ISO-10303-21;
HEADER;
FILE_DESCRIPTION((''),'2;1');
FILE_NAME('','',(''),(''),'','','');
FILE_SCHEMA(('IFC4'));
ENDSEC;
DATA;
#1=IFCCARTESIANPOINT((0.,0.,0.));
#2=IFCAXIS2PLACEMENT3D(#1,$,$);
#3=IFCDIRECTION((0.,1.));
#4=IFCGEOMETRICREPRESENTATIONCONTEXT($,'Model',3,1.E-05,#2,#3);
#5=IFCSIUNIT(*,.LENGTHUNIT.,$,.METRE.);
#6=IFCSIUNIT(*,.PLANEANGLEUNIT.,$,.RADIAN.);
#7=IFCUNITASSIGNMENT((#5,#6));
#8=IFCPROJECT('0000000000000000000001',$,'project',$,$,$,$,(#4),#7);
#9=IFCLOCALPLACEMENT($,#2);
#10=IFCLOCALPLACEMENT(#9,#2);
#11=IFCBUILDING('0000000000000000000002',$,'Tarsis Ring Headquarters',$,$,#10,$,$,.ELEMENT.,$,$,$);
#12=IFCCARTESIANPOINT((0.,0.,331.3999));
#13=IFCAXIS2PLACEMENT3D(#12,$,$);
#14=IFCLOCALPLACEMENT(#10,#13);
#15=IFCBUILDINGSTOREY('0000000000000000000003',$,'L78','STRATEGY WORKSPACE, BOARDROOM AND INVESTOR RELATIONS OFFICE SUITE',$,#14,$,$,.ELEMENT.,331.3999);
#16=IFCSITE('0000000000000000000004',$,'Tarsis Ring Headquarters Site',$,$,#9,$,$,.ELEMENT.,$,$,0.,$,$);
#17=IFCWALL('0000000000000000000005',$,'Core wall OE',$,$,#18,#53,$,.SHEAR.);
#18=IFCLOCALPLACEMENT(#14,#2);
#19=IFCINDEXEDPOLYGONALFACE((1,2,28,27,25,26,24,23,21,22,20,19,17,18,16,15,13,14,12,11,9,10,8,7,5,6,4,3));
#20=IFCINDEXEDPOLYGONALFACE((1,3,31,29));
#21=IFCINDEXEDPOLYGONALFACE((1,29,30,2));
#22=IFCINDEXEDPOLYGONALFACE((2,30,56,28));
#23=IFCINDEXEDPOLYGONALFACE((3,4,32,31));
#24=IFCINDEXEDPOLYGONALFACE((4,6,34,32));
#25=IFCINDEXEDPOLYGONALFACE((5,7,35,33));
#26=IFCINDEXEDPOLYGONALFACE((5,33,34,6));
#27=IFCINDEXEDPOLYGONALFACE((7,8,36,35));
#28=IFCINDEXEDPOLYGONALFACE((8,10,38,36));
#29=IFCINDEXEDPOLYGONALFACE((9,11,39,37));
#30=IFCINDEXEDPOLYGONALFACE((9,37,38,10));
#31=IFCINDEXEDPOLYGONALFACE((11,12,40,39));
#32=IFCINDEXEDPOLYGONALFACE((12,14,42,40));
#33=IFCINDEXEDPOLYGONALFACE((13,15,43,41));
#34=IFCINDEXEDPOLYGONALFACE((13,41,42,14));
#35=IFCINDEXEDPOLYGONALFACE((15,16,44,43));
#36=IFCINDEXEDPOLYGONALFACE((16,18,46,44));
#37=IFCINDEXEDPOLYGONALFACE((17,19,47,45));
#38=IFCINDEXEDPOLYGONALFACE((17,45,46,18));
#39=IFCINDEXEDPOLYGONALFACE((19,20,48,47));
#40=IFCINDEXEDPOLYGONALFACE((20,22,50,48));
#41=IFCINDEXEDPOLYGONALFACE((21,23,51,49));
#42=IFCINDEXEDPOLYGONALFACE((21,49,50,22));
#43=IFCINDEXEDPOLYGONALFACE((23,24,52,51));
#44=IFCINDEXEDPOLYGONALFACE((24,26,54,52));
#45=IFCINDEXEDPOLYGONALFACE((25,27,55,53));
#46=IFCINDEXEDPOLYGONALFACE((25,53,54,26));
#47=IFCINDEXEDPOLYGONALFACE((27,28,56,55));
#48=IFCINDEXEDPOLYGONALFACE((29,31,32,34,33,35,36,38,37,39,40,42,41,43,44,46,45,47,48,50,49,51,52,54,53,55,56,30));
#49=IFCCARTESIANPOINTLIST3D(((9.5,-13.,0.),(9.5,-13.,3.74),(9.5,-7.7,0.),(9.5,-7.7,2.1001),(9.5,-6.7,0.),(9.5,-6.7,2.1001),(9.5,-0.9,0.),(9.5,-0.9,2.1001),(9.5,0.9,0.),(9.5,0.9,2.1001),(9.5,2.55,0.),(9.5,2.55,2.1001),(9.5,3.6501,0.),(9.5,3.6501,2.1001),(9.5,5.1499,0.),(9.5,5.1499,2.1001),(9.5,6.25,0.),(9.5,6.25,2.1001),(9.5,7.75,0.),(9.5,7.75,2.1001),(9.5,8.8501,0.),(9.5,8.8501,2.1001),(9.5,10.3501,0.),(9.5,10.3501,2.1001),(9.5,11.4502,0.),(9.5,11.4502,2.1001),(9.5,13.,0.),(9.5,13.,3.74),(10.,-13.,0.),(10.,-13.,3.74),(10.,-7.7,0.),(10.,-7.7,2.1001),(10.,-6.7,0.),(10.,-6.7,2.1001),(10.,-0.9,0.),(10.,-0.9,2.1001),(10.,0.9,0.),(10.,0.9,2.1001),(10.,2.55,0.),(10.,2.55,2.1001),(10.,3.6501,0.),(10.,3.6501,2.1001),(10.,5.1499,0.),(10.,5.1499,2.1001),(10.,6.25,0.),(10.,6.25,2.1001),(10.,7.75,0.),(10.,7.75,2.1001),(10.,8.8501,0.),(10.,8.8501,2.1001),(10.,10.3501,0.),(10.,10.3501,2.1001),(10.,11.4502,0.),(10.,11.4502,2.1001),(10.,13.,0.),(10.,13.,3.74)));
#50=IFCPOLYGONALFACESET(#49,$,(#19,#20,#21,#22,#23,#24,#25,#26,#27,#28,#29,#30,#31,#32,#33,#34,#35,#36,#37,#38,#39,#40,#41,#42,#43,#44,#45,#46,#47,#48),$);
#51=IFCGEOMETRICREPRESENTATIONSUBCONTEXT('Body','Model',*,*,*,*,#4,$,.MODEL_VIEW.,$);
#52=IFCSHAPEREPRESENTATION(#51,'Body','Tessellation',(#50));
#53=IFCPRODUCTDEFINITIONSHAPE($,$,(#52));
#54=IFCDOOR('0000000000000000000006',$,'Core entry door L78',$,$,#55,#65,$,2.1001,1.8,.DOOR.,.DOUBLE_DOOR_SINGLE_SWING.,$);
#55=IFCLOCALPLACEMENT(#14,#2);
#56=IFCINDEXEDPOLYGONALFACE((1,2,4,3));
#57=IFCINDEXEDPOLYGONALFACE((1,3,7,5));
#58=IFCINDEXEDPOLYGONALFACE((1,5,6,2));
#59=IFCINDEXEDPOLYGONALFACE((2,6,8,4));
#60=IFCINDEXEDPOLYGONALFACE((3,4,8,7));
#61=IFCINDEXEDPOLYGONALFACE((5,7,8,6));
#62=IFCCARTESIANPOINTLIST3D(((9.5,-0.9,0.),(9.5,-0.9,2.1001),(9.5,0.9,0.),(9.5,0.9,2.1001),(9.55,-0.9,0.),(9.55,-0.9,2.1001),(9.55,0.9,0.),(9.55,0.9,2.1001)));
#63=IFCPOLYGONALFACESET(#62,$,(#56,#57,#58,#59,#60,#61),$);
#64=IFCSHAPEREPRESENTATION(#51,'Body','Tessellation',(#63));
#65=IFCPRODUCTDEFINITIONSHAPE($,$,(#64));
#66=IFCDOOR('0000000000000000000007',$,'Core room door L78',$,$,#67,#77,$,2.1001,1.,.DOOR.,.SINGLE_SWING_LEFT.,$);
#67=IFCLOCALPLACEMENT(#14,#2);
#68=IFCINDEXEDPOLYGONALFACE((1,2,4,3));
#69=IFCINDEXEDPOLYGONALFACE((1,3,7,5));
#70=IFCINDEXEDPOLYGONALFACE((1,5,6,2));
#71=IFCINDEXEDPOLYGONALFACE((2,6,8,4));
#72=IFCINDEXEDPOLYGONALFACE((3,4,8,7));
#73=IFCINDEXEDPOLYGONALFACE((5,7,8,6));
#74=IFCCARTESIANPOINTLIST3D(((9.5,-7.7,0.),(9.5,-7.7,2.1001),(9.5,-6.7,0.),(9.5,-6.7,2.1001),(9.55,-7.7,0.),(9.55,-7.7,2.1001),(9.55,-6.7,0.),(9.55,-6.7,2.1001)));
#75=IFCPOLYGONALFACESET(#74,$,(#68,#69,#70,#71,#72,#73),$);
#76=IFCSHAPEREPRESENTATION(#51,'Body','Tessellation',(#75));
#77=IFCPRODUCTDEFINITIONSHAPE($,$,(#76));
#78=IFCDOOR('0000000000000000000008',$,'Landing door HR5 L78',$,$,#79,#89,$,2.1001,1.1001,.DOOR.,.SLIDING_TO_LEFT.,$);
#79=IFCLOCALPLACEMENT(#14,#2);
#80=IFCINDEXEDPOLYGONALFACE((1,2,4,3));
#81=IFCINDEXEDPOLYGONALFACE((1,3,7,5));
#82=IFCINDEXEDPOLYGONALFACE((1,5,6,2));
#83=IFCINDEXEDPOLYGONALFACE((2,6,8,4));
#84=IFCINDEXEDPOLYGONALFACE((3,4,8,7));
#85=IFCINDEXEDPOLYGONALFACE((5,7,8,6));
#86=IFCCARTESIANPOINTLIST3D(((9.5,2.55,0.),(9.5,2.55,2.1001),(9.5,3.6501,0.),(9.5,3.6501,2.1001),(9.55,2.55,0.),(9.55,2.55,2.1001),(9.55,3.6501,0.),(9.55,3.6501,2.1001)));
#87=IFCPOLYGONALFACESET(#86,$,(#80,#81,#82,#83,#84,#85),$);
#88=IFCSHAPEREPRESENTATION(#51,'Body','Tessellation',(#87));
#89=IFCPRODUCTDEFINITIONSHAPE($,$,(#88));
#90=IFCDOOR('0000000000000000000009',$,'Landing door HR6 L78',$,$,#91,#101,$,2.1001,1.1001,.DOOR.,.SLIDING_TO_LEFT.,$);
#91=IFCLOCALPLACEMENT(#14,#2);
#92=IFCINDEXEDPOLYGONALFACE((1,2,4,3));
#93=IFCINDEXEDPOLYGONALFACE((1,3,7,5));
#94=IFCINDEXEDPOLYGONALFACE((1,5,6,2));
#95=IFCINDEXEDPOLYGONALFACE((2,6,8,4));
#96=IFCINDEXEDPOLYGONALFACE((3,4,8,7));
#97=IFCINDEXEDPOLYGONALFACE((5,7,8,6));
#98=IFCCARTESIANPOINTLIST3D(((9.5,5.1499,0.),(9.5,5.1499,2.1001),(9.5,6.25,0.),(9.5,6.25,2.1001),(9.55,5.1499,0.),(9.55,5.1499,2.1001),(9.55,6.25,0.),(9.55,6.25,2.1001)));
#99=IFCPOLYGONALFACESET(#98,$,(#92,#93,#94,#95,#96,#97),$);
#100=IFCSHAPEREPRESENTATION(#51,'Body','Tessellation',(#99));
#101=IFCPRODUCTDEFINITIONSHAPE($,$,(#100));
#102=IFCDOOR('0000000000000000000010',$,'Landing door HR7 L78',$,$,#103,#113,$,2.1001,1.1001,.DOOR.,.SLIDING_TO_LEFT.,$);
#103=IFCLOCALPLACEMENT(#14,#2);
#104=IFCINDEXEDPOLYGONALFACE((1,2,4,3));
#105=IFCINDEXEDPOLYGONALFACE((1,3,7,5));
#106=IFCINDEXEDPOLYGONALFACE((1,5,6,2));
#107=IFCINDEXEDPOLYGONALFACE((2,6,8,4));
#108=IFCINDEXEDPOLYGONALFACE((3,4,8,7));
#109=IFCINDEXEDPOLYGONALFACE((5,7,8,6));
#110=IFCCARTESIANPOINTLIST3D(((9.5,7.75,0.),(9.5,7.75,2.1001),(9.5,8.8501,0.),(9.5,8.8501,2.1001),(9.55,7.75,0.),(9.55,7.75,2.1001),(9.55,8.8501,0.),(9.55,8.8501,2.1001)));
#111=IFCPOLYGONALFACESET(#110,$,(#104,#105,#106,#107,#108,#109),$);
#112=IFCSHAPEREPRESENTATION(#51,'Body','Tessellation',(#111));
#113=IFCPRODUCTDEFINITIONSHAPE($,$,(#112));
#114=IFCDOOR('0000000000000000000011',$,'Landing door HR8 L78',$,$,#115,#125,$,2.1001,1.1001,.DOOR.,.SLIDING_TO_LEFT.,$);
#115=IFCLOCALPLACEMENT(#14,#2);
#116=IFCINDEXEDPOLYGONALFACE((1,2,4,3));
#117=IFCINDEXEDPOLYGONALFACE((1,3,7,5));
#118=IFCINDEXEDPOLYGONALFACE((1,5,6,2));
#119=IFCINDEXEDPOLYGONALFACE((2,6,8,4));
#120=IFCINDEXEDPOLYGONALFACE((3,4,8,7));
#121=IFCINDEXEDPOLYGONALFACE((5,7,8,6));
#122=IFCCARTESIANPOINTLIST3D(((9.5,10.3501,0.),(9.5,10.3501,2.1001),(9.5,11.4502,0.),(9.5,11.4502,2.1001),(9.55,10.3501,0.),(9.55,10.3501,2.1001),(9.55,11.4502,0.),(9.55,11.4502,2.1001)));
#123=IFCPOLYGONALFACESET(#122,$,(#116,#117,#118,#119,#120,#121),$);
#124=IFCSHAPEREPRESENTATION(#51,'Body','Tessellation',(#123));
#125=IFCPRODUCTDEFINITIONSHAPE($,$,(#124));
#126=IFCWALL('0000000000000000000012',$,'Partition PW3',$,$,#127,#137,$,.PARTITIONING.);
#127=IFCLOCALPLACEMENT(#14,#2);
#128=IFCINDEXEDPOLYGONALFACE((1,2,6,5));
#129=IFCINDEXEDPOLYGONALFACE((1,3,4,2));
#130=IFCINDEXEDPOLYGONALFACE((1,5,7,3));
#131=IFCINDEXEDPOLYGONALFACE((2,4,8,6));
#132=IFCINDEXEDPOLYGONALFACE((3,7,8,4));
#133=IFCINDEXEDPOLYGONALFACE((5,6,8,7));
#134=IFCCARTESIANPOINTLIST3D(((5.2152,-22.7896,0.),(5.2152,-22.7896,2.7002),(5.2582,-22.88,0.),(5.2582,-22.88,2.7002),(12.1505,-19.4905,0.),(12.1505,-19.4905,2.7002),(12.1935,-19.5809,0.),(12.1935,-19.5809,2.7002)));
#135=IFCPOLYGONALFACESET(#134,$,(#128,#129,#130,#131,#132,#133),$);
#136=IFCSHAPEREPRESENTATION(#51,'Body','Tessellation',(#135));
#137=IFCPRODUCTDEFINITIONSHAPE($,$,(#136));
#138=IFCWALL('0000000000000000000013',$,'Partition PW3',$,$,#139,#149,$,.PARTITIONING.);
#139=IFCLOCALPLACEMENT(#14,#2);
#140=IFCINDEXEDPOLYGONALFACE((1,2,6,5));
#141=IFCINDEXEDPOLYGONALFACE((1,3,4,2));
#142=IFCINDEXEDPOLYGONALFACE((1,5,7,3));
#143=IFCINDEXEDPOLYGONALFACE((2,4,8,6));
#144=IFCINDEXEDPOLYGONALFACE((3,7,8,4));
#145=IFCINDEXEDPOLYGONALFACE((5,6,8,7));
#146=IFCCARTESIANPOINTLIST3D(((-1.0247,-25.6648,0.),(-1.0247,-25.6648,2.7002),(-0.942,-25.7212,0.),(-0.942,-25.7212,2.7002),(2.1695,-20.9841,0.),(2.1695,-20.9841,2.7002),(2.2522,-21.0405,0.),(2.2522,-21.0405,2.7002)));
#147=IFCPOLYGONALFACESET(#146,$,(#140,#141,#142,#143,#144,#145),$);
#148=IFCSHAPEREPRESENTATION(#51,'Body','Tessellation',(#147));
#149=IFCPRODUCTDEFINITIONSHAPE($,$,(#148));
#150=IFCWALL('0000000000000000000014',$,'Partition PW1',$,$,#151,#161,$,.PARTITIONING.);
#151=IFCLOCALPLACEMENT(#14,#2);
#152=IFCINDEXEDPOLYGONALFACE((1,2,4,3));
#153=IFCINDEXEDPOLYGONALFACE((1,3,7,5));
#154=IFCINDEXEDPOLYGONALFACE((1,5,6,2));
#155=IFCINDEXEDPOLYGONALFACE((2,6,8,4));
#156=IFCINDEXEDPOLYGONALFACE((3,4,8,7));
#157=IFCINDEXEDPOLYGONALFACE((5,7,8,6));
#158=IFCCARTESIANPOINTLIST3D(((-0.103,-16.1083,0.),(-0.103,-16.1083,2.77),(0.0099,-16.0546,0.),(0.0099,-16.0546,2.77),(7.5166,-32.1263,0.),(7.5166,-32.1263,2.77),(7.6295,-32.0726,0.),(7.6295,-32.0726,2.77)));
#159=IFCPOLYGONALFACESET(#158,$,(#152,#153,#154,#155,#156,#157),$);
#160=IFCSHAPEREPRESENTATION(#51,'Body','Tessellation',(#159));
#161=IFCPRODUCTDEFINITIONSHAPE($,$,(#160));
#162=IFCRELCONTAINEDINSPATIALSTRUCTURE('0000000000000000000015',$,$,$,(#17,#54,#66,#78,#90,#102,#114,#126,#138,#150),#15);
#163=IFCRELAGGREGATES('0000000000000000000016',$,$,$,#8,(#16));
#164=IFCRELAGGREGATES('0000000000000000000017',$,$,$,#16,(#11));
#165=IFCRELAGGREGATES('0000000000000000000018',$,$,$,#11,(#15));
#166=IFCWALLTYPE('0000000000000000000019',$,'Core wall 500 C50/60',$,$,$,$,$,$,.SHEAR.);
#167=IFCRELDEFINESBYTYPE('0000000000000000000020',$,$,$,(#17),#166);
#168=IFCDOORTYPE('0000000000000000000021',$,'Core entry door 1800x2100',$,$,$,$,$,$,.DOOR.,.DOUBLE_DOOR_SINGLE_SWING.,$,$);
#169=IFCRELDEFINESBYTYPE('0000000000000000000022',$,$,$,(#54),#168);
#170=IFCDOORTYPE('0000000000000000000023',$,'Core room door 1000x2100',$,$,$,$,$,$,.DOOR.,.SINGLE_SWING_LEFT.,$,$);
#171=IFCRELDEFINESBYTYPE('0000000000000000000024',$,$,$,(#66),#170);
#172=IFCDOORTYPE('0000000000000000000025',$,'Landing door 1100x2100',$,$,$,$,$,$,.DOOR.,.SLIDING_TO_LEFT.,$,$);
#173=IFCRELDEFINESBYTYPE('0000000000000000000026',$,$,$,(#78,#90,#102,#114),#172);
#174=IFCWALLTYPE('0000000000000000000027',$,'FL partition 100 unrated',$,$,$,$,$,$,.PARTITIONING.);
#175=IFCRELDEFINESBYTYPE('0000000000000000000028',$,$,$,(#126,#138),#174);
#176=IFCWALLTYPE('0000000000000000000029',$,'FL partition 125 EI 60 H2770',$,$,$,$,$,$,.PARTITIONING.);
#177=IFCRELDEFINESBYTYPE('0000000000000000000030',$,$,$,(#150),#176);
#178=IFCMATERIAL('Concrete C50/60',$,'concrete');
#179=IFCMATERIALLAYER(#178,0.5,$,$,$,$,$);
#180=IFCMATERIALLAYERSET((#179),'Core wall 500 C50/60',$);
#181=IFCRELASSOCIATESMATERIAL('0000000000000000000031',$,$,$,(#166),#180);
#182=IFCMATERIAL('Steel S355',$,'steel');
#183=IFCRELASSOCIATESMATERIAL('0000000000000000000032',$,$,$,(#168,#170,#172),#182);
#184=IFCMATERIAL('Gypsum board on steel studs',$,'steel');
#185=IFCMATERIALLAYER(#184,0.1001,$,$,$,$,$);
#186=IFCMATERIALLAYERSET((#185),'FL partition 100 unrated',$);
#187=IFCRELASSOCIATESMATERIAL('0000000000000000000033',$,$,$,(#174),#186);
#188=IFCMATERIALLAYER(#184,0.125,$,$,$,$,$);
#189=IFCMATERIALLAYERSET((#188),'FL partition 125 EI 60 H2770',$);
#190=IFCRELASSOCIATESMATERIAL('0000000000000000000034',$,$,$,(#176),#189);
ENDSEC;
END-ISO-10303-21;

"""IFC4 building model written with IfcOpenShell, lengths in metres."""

from ifc_helpers import new_model, si_unit, direction, frame, frame_2d, origin, place, context, subcontext, project, spatial, rectangle, extrude, material, layer, layer_set, type_object, element, fill, save


model = new_model("IFC4")

# Units and contexts
model_context = context("Model", 3, precision=1e-05, world=origin(), true_north=direction((0.0, 1.0)))
body_context = subcontext(model_context, "Body", "Model", "MODEL_VIEW")
ifc_project = project(units=[si_unit("LENGTHUNIT", "METRE"), si_unit("PLANEANGLEUNIT", "RADIAN")], contexts=[model_context])

# Site, building, storey
site_placement = place(None, origin())
site = spatial("IfcSite", under=ifc_project, at=site_placement, Name="Tarsis Ring Headquarters Site", CompositionType="ELEMENT", RefElevation=0.0)
building_placement = place(site_placement, origin())
building = spatial("IfcBuilding", under=site, at=building_placement, Name="Tarsis Ring Headquarters", CompositionType="ELEMENT")
storey_placement = place(building_placement, frame((0.0, 0.0, 331.3999)))
storey = spatial("IfcBuildingStorey", under=building, at=storey_placement, Name="L78", Description="STRATEGY WORKSPACE, BOARDROOM AND INVESTOR RELATIONS OFFICE SUITE", CompositionType="ELEMENT", Elevation=331.3999)

# Wall, openings, doors
ifc_material_1 = material(Name="Concrete C50/60", Category="concrete")
ifc_layer_1 = layer(ifc_material_1, 0.5)
ifc_layer_set_1 = layer_set([ifc_layer_1], Name="Core wall 500 C50/60")
wall_type_1 = type_object("IfcWallType", Name="Core wall 500 C50/60", PredefinedType="SHEAR", material=ifc_layer_set_1)
wall_1_placement = place(storey_placement, frame((9.75, -13.0, 0.0), z_axis=(0.0, 0.0, 1.0), x_axis=(0.0, 1.0, 0.0)))
wall_1 = element("IfcWall", 1, at=wall_1_placement, inside=storey, type_object=wall_type_1, Name="Core wall OE", PredefinedType="SHEAR", context=body_context, shape_type="SweptSolid", body=[
    extrude(rectangle(XDim=26.0, YDim=0.5, at=frame_2d((13.0, 0.0))), origin(), (0.0, 0.0, 1.0), 3.74),
])
opening_1_placement = place(wall_1_placement, frame((5.3, 0.0, 0.0)))
opening_1 = element("IfcOpeningElement", 2, at=opening_1_placement, cuts=wall_1, PredefinedType="OPENING", context=body_context, shape_type="SweptSolid", body=[
    extrude(rectangle(XDim=1.0, YDim=2.1001, at=frame_2d((0.5, 1.05))), frame((0.0, 0.26, 0.0), z_axis=(0.0, -1.0, 0.0), x_axis=(1.0, 0.0, 0.0)), (0.0, 0.0, 1.0), 0.52),
])
opening_2_placement = place(wall_1_placement, frame((12.1001, 0.0, 0.0)))
opening_2 = element("IfcOpeningElement", 3, at=opening_2_placement, cuts=wall_1, PredefinedType="OPENING", context=body_context, shape_type="SweptSolid", body=[
    extrude(rectangle(XDim=1.8, YDim=2.1001, at=frame_2d((0.8999, 1.05))), frame((0.0, 0.26, 0.0), z_axis=(0.0, -1.0, 0.0), x_axis=(1.0, 0.0, 0.0)), (0.0, 0.0, 1.0), 0.52),
])
opening_3_placement = place(wall_1_placement, frame((15.55, 0.0, 0.0)))
opening_3 = element("IfcOpeningElement", 4, at=opening_3_placement, cuts=wall_1, PredefinedType="OPENING", context=body_context, shape_type="SweptSolid", body=[
    extrude(rectangle(XDim=1.1001, YDim=2.1001, at=frame_2d((0.55, 1.05))), frame((0.0, 0.26, 0.0), z_axis=(0.0, -1.0, 0.0), x_axis=(1.0, 0.0, 0.0)), (0.0, 0.0, 1.0), 0.52),
])
opening_4_placement = place(wall_1_placement, frame((18.1499, 0.0, 0.0)))
opening_4 = element("IfcOpeningElement", 5, at=opening_4_placement, cuts=wall_1, PredefinedType="OPENING", context=body_context, shape_type="SweptSolid", body=[
    extrude(rectangle(XDim=1.1001, YDim=2.1001, at=frame_2d((0.55, 1.05))), frame((0.0, 0.26, 0.0), z_axis=(0.0, -1.0, 0.0), x_axis=(1.0, 0.0, 0.0)), (0.0, 0.0, 1.0), 0.52),
])
opening_5_placement = place(wall_1_placement, frame((20.75, 0.0, 0.0)))
opening_5 = element("IfcOpeningElement", 6, at=opening_5_placement, cuts=wall_1, PredefinedType="OPENING", context=body_context, shape_type="SweptSolid", body=[
    extrude(rectangle(XDim=1.1001, YDim=2.1001, at=frame_2d((0.55, 1.05))), frame((0.0, 0.26, 0.0), z_axis=(0.0, -1.0, 0.0), x_axis=(1.0, 0.0, 0.0)), (0.0, 0.0, 1.0), 0.52),
])
opening_6_placement = place(wall_1_placement, frame((23.3501, 0.0, 0.0)))
opening_6 = element("IfcOpeningElement", 7, at=opening_6_placement, cuts=wall_1, PredefinedType="OPENING", context=body_context, shape_type="SweptSolid", body=[
    extrude(rectangle(XDim=1.1001, YDim=2.1001, at=frame_2d((0.55, 1.05))), frame((0.0, 0.26, 0.0), z_axis=(0.0, -1.0, 0.0), x_axis=(1.0, 0.0, 0.0)), (0.0, 0.0, 1.0), 0.52),
])
ifc_material_2 = material(Name="Steel S355", Category="steel")
door_type_1 = type_object("IfcDoorType", Name="Core entry door 1800x2100", OperationType="DOUBLE_DOOR_SINGLE_SWING", PredefinedType="DOOR", material=ifc_material_2)
door_1_placement = place(opening_2_placement, origin())
door_1 = element("IfcDoor", 8, at=door_1_placement, inside=storey, type_object=door_type_1, Name="Core entry door L78", OperationType="DOUBLE_DOOR_SINGLE_SWING", OverallHeight=2.1001, OverallWidth=1.8, PredefinedType="DOOR", context=body_context, shape_type="SweptSolid", body=[
    extrude(rectangle(XDim=1.8, YDim=2.1001, at=frame_2d((0.8999, 1.05))), frame((0.0, 0.25, 0.0), z_axis=(0.0, -1.0, 0.0), x_axis=(1.0, 0.0, 0.0)), (0.0, 0.0, 1.0), 0.05),
])
fill(opening_2, door_1)
door_type_2 = type_object("IfcDoorType", Name="Core room door 1000x2100", OperationType="SINGLE_SWING_LEFT", PredefinedType="DOOR", material=ifc_material_2)
door_2_placement = place(opening_1_placement, origin())
door_2 = element("IfcDoor", 9, at=door_2_placement, inside=storey, type_object=door_type_2, Name="Core room door L78", OperationType="SINGLE_SWING_LEFT", OverallHeight=2.1001, OverallWidth=1.0, PredefinedType="DOOR", context=body_context, shape_type="SweptSolid", body=[
    extrude(rectangle(XDim=1.0, YDim=2.1001, at=frame_2d((0.5, 1.05))), frame((0.0, 0.25, 0.0), z_axis=(0.0, -1.0, 0.0), x_axis=(1.0, 0.0, 0.0)), (0.0, 0.0, 1.0), 0.05),
])
fill(opening_1, door_2)
door_type_3 = type_object("IfcDoorType", Name="Landing door 1100x2100", OperationType="SLIDING_TO_LEFT", PredefinedType="DOOR", material=ifc_material_2)
door_3_placement = place(opening_3_placement, origin())
door_3 = element("IfcDoor", 10, at=door_3_placement, inside=storey, type_object=door_type_3, Name="Landing door HR5 L78", OperationType="SLIDING_TO_LEFT", OverallHeight=2.1001, OverallWidth=1.1001, PredefinedType="DOOR", context=body_context, shape_type="SweptSolid", body=[
    extrude(rectangle(XDim=1.1001, YDim=2.1001, at=frame_2d((0.55, 1.05))), frame((0.0, 0.25, 0.0), z_axis=(0.0, -1.0, 0.0), x_axis=(1.0, 0.0, 0.0)), (0.0, 0.0, 1.0), 0.05),
])
fill(opening_3, door_3)
door_4_placement = place(opening_4_placement, origin())
door_4 = element("IfcDoor", 11, at=door_4_placement, inside=storey, type_object=door_type_3, Name="Landing door HR6 L78", OperationType="SLIDING_TO_LEFT", OverallHeight=2.1001, OverallWidth=1.1001, PredefinedType="DOOR", context=body_context, shape_type="SweptSolid", body=[
    extrude(rectangle(XDim=1.1001, YDim=2.1001, at=frame_2d((0.55, 1.05))), frame((0.0, 0.25, 0.0), z_axis=(0.0, -1.0, 0.0), x_axis=(1.0, 0.0, 0.0)), (0.0, 0.0, 1.0), 0.05),
])
fill(opening_4, door_4)
door_5_placement = place(opening_5_placement, origin())
door_5 = element("IfcDoor", 12, at=door_5_placement, inside=storey, type_object=door_type_3, Name="Landing door HR7 L78", OperationType="SLIDING_TO_LEFT", OverallHeight=2.1001, OverallWidth=1.1001, PredefinedType="DOOR", context=body_context, shape_type="SweptSolid", body=[
    extrude(rectangle(XDim=1.1001, YDim=2.1001, at=frame_2d((0.55, 1.05))), frame((0.0, 0.25, 0.0), z_axis=(0.0, -1.0, 0.0), x_axis=(1.0, 0.0, 0.0)), (0.0, 0.0, 1.0), 0.05),
])
fill(opening_5, door_5)
door_6_placement = place(opening_6_placement, origin())
door_6 = element("IfcDoor", 13, at=door_6_placement, inside=storey, type_object=door_type_3, Name="Landing door HR8 L78", OperationType="SLIDING_TO_LEFT", OverallHeight=2.1001, OverallWidth=1.1001, PredefinedType="DOOR", context=body_context, shape_type="SweptSolid", body=[
    extrude(rectangle(XDim=1.1001, YDim=2.1001, at=frame_2d((0.55, 1.05))), frame((0.0, 0.25, 0.0), z_axis=(0.0, -1.0, 0.0), x_axis=(1.0, 0.0, 0.0)), (0.0, 0.0, 1.0), 0.05),
])
fill(opening_6, door_6)

# Walls
ifc_material_3 = material(Name="Gypsum board on steel studs", Category="steel")
ifc_layer_2 = layer(ifc_material_3, 0.1001)
ifc_layer_set_2 = layer_set([ifc_layer_2], Name="FL partition 100 unrated")
wall_type_2 = type_object("IfcWallType", Name="FL partition 100 unrated", PredefinedType="PARTITIONING", material=ifc_layer_set_2)
wall_2_placement = place(storey_placement, frame((5.2368, -22.8347, 0.0), z_axis=(0.0, 0.0, 1.0), x_axis=(0.903035, 0.429567, 0.0)))
element("IfcWall", 14, at=wall_2_placement, inside=storey, type_object=wall_type_2, Name="Partition PW3", PredefinedType="PARTITIONING", context=body_context, shape_type="SweptSolid", body=[
    extrude(rectangle(XDim=7.6799, YDim=0.1001, at=frame_2d((3.8398, 0.0))), origin(), (0.0, 0.0, 1.0), 2.7002),
])
wall_3_placement = place(storey_placement, frame((-0.9834, -25.6931, 0.0), z_axis=(0.0, 0.0, 1.0), x_axis=(0.563666, 0.826003, 0.0)))
element("IfcWall", 15, at=wall_3_placement, inside=storey, type_object=wall_type_2, Name="Partition PW3", PredefinedType="PARTITIONING", context=body_context, shape_type="SweptSolid", body=[
    extrude(rectangle(XDim=5.6667, YDim=0.1001, at=frame_2d((2.8335, 0.0))), origin(), (0.0, 0.0, 1.0), 2.7002),
])
ifc_layer_3 = layer(ifc_material_3, 0.125)
ifc_layer_set_3 = layer_set([ifc_layer_3], Name="FL partition 125 EI 60 H2770")
wall_type_3 = type_object("IfcWallType", Name="FL partition 125 EI 60 H2770", PredefinedType="PARTITIONING", material=ifc_layer_set_3)
wall_4_placement = place(storey_placement, frame((-0.0466, -16.0813, 0.0), z_axis=(0.0, 0.0, 1.0), x_axis=(0.429565, -0.903036, 0.0)))
element("IfcWall", 16, at=wall_4_placement, inside=storey, type_object=wall_type_3, Name="Partition PW1", PredefinedType="PARTITIONING", context=body_context, shape_type="SweptSolid", body=[
    extrude(rectangle(XDim=17.738, YDim=0.125, at=frame_2d((8.8691, 0.0))), origin(), (0.0, 0.0, 1.0), 2.77),
])

save(model, "model.ifc")
